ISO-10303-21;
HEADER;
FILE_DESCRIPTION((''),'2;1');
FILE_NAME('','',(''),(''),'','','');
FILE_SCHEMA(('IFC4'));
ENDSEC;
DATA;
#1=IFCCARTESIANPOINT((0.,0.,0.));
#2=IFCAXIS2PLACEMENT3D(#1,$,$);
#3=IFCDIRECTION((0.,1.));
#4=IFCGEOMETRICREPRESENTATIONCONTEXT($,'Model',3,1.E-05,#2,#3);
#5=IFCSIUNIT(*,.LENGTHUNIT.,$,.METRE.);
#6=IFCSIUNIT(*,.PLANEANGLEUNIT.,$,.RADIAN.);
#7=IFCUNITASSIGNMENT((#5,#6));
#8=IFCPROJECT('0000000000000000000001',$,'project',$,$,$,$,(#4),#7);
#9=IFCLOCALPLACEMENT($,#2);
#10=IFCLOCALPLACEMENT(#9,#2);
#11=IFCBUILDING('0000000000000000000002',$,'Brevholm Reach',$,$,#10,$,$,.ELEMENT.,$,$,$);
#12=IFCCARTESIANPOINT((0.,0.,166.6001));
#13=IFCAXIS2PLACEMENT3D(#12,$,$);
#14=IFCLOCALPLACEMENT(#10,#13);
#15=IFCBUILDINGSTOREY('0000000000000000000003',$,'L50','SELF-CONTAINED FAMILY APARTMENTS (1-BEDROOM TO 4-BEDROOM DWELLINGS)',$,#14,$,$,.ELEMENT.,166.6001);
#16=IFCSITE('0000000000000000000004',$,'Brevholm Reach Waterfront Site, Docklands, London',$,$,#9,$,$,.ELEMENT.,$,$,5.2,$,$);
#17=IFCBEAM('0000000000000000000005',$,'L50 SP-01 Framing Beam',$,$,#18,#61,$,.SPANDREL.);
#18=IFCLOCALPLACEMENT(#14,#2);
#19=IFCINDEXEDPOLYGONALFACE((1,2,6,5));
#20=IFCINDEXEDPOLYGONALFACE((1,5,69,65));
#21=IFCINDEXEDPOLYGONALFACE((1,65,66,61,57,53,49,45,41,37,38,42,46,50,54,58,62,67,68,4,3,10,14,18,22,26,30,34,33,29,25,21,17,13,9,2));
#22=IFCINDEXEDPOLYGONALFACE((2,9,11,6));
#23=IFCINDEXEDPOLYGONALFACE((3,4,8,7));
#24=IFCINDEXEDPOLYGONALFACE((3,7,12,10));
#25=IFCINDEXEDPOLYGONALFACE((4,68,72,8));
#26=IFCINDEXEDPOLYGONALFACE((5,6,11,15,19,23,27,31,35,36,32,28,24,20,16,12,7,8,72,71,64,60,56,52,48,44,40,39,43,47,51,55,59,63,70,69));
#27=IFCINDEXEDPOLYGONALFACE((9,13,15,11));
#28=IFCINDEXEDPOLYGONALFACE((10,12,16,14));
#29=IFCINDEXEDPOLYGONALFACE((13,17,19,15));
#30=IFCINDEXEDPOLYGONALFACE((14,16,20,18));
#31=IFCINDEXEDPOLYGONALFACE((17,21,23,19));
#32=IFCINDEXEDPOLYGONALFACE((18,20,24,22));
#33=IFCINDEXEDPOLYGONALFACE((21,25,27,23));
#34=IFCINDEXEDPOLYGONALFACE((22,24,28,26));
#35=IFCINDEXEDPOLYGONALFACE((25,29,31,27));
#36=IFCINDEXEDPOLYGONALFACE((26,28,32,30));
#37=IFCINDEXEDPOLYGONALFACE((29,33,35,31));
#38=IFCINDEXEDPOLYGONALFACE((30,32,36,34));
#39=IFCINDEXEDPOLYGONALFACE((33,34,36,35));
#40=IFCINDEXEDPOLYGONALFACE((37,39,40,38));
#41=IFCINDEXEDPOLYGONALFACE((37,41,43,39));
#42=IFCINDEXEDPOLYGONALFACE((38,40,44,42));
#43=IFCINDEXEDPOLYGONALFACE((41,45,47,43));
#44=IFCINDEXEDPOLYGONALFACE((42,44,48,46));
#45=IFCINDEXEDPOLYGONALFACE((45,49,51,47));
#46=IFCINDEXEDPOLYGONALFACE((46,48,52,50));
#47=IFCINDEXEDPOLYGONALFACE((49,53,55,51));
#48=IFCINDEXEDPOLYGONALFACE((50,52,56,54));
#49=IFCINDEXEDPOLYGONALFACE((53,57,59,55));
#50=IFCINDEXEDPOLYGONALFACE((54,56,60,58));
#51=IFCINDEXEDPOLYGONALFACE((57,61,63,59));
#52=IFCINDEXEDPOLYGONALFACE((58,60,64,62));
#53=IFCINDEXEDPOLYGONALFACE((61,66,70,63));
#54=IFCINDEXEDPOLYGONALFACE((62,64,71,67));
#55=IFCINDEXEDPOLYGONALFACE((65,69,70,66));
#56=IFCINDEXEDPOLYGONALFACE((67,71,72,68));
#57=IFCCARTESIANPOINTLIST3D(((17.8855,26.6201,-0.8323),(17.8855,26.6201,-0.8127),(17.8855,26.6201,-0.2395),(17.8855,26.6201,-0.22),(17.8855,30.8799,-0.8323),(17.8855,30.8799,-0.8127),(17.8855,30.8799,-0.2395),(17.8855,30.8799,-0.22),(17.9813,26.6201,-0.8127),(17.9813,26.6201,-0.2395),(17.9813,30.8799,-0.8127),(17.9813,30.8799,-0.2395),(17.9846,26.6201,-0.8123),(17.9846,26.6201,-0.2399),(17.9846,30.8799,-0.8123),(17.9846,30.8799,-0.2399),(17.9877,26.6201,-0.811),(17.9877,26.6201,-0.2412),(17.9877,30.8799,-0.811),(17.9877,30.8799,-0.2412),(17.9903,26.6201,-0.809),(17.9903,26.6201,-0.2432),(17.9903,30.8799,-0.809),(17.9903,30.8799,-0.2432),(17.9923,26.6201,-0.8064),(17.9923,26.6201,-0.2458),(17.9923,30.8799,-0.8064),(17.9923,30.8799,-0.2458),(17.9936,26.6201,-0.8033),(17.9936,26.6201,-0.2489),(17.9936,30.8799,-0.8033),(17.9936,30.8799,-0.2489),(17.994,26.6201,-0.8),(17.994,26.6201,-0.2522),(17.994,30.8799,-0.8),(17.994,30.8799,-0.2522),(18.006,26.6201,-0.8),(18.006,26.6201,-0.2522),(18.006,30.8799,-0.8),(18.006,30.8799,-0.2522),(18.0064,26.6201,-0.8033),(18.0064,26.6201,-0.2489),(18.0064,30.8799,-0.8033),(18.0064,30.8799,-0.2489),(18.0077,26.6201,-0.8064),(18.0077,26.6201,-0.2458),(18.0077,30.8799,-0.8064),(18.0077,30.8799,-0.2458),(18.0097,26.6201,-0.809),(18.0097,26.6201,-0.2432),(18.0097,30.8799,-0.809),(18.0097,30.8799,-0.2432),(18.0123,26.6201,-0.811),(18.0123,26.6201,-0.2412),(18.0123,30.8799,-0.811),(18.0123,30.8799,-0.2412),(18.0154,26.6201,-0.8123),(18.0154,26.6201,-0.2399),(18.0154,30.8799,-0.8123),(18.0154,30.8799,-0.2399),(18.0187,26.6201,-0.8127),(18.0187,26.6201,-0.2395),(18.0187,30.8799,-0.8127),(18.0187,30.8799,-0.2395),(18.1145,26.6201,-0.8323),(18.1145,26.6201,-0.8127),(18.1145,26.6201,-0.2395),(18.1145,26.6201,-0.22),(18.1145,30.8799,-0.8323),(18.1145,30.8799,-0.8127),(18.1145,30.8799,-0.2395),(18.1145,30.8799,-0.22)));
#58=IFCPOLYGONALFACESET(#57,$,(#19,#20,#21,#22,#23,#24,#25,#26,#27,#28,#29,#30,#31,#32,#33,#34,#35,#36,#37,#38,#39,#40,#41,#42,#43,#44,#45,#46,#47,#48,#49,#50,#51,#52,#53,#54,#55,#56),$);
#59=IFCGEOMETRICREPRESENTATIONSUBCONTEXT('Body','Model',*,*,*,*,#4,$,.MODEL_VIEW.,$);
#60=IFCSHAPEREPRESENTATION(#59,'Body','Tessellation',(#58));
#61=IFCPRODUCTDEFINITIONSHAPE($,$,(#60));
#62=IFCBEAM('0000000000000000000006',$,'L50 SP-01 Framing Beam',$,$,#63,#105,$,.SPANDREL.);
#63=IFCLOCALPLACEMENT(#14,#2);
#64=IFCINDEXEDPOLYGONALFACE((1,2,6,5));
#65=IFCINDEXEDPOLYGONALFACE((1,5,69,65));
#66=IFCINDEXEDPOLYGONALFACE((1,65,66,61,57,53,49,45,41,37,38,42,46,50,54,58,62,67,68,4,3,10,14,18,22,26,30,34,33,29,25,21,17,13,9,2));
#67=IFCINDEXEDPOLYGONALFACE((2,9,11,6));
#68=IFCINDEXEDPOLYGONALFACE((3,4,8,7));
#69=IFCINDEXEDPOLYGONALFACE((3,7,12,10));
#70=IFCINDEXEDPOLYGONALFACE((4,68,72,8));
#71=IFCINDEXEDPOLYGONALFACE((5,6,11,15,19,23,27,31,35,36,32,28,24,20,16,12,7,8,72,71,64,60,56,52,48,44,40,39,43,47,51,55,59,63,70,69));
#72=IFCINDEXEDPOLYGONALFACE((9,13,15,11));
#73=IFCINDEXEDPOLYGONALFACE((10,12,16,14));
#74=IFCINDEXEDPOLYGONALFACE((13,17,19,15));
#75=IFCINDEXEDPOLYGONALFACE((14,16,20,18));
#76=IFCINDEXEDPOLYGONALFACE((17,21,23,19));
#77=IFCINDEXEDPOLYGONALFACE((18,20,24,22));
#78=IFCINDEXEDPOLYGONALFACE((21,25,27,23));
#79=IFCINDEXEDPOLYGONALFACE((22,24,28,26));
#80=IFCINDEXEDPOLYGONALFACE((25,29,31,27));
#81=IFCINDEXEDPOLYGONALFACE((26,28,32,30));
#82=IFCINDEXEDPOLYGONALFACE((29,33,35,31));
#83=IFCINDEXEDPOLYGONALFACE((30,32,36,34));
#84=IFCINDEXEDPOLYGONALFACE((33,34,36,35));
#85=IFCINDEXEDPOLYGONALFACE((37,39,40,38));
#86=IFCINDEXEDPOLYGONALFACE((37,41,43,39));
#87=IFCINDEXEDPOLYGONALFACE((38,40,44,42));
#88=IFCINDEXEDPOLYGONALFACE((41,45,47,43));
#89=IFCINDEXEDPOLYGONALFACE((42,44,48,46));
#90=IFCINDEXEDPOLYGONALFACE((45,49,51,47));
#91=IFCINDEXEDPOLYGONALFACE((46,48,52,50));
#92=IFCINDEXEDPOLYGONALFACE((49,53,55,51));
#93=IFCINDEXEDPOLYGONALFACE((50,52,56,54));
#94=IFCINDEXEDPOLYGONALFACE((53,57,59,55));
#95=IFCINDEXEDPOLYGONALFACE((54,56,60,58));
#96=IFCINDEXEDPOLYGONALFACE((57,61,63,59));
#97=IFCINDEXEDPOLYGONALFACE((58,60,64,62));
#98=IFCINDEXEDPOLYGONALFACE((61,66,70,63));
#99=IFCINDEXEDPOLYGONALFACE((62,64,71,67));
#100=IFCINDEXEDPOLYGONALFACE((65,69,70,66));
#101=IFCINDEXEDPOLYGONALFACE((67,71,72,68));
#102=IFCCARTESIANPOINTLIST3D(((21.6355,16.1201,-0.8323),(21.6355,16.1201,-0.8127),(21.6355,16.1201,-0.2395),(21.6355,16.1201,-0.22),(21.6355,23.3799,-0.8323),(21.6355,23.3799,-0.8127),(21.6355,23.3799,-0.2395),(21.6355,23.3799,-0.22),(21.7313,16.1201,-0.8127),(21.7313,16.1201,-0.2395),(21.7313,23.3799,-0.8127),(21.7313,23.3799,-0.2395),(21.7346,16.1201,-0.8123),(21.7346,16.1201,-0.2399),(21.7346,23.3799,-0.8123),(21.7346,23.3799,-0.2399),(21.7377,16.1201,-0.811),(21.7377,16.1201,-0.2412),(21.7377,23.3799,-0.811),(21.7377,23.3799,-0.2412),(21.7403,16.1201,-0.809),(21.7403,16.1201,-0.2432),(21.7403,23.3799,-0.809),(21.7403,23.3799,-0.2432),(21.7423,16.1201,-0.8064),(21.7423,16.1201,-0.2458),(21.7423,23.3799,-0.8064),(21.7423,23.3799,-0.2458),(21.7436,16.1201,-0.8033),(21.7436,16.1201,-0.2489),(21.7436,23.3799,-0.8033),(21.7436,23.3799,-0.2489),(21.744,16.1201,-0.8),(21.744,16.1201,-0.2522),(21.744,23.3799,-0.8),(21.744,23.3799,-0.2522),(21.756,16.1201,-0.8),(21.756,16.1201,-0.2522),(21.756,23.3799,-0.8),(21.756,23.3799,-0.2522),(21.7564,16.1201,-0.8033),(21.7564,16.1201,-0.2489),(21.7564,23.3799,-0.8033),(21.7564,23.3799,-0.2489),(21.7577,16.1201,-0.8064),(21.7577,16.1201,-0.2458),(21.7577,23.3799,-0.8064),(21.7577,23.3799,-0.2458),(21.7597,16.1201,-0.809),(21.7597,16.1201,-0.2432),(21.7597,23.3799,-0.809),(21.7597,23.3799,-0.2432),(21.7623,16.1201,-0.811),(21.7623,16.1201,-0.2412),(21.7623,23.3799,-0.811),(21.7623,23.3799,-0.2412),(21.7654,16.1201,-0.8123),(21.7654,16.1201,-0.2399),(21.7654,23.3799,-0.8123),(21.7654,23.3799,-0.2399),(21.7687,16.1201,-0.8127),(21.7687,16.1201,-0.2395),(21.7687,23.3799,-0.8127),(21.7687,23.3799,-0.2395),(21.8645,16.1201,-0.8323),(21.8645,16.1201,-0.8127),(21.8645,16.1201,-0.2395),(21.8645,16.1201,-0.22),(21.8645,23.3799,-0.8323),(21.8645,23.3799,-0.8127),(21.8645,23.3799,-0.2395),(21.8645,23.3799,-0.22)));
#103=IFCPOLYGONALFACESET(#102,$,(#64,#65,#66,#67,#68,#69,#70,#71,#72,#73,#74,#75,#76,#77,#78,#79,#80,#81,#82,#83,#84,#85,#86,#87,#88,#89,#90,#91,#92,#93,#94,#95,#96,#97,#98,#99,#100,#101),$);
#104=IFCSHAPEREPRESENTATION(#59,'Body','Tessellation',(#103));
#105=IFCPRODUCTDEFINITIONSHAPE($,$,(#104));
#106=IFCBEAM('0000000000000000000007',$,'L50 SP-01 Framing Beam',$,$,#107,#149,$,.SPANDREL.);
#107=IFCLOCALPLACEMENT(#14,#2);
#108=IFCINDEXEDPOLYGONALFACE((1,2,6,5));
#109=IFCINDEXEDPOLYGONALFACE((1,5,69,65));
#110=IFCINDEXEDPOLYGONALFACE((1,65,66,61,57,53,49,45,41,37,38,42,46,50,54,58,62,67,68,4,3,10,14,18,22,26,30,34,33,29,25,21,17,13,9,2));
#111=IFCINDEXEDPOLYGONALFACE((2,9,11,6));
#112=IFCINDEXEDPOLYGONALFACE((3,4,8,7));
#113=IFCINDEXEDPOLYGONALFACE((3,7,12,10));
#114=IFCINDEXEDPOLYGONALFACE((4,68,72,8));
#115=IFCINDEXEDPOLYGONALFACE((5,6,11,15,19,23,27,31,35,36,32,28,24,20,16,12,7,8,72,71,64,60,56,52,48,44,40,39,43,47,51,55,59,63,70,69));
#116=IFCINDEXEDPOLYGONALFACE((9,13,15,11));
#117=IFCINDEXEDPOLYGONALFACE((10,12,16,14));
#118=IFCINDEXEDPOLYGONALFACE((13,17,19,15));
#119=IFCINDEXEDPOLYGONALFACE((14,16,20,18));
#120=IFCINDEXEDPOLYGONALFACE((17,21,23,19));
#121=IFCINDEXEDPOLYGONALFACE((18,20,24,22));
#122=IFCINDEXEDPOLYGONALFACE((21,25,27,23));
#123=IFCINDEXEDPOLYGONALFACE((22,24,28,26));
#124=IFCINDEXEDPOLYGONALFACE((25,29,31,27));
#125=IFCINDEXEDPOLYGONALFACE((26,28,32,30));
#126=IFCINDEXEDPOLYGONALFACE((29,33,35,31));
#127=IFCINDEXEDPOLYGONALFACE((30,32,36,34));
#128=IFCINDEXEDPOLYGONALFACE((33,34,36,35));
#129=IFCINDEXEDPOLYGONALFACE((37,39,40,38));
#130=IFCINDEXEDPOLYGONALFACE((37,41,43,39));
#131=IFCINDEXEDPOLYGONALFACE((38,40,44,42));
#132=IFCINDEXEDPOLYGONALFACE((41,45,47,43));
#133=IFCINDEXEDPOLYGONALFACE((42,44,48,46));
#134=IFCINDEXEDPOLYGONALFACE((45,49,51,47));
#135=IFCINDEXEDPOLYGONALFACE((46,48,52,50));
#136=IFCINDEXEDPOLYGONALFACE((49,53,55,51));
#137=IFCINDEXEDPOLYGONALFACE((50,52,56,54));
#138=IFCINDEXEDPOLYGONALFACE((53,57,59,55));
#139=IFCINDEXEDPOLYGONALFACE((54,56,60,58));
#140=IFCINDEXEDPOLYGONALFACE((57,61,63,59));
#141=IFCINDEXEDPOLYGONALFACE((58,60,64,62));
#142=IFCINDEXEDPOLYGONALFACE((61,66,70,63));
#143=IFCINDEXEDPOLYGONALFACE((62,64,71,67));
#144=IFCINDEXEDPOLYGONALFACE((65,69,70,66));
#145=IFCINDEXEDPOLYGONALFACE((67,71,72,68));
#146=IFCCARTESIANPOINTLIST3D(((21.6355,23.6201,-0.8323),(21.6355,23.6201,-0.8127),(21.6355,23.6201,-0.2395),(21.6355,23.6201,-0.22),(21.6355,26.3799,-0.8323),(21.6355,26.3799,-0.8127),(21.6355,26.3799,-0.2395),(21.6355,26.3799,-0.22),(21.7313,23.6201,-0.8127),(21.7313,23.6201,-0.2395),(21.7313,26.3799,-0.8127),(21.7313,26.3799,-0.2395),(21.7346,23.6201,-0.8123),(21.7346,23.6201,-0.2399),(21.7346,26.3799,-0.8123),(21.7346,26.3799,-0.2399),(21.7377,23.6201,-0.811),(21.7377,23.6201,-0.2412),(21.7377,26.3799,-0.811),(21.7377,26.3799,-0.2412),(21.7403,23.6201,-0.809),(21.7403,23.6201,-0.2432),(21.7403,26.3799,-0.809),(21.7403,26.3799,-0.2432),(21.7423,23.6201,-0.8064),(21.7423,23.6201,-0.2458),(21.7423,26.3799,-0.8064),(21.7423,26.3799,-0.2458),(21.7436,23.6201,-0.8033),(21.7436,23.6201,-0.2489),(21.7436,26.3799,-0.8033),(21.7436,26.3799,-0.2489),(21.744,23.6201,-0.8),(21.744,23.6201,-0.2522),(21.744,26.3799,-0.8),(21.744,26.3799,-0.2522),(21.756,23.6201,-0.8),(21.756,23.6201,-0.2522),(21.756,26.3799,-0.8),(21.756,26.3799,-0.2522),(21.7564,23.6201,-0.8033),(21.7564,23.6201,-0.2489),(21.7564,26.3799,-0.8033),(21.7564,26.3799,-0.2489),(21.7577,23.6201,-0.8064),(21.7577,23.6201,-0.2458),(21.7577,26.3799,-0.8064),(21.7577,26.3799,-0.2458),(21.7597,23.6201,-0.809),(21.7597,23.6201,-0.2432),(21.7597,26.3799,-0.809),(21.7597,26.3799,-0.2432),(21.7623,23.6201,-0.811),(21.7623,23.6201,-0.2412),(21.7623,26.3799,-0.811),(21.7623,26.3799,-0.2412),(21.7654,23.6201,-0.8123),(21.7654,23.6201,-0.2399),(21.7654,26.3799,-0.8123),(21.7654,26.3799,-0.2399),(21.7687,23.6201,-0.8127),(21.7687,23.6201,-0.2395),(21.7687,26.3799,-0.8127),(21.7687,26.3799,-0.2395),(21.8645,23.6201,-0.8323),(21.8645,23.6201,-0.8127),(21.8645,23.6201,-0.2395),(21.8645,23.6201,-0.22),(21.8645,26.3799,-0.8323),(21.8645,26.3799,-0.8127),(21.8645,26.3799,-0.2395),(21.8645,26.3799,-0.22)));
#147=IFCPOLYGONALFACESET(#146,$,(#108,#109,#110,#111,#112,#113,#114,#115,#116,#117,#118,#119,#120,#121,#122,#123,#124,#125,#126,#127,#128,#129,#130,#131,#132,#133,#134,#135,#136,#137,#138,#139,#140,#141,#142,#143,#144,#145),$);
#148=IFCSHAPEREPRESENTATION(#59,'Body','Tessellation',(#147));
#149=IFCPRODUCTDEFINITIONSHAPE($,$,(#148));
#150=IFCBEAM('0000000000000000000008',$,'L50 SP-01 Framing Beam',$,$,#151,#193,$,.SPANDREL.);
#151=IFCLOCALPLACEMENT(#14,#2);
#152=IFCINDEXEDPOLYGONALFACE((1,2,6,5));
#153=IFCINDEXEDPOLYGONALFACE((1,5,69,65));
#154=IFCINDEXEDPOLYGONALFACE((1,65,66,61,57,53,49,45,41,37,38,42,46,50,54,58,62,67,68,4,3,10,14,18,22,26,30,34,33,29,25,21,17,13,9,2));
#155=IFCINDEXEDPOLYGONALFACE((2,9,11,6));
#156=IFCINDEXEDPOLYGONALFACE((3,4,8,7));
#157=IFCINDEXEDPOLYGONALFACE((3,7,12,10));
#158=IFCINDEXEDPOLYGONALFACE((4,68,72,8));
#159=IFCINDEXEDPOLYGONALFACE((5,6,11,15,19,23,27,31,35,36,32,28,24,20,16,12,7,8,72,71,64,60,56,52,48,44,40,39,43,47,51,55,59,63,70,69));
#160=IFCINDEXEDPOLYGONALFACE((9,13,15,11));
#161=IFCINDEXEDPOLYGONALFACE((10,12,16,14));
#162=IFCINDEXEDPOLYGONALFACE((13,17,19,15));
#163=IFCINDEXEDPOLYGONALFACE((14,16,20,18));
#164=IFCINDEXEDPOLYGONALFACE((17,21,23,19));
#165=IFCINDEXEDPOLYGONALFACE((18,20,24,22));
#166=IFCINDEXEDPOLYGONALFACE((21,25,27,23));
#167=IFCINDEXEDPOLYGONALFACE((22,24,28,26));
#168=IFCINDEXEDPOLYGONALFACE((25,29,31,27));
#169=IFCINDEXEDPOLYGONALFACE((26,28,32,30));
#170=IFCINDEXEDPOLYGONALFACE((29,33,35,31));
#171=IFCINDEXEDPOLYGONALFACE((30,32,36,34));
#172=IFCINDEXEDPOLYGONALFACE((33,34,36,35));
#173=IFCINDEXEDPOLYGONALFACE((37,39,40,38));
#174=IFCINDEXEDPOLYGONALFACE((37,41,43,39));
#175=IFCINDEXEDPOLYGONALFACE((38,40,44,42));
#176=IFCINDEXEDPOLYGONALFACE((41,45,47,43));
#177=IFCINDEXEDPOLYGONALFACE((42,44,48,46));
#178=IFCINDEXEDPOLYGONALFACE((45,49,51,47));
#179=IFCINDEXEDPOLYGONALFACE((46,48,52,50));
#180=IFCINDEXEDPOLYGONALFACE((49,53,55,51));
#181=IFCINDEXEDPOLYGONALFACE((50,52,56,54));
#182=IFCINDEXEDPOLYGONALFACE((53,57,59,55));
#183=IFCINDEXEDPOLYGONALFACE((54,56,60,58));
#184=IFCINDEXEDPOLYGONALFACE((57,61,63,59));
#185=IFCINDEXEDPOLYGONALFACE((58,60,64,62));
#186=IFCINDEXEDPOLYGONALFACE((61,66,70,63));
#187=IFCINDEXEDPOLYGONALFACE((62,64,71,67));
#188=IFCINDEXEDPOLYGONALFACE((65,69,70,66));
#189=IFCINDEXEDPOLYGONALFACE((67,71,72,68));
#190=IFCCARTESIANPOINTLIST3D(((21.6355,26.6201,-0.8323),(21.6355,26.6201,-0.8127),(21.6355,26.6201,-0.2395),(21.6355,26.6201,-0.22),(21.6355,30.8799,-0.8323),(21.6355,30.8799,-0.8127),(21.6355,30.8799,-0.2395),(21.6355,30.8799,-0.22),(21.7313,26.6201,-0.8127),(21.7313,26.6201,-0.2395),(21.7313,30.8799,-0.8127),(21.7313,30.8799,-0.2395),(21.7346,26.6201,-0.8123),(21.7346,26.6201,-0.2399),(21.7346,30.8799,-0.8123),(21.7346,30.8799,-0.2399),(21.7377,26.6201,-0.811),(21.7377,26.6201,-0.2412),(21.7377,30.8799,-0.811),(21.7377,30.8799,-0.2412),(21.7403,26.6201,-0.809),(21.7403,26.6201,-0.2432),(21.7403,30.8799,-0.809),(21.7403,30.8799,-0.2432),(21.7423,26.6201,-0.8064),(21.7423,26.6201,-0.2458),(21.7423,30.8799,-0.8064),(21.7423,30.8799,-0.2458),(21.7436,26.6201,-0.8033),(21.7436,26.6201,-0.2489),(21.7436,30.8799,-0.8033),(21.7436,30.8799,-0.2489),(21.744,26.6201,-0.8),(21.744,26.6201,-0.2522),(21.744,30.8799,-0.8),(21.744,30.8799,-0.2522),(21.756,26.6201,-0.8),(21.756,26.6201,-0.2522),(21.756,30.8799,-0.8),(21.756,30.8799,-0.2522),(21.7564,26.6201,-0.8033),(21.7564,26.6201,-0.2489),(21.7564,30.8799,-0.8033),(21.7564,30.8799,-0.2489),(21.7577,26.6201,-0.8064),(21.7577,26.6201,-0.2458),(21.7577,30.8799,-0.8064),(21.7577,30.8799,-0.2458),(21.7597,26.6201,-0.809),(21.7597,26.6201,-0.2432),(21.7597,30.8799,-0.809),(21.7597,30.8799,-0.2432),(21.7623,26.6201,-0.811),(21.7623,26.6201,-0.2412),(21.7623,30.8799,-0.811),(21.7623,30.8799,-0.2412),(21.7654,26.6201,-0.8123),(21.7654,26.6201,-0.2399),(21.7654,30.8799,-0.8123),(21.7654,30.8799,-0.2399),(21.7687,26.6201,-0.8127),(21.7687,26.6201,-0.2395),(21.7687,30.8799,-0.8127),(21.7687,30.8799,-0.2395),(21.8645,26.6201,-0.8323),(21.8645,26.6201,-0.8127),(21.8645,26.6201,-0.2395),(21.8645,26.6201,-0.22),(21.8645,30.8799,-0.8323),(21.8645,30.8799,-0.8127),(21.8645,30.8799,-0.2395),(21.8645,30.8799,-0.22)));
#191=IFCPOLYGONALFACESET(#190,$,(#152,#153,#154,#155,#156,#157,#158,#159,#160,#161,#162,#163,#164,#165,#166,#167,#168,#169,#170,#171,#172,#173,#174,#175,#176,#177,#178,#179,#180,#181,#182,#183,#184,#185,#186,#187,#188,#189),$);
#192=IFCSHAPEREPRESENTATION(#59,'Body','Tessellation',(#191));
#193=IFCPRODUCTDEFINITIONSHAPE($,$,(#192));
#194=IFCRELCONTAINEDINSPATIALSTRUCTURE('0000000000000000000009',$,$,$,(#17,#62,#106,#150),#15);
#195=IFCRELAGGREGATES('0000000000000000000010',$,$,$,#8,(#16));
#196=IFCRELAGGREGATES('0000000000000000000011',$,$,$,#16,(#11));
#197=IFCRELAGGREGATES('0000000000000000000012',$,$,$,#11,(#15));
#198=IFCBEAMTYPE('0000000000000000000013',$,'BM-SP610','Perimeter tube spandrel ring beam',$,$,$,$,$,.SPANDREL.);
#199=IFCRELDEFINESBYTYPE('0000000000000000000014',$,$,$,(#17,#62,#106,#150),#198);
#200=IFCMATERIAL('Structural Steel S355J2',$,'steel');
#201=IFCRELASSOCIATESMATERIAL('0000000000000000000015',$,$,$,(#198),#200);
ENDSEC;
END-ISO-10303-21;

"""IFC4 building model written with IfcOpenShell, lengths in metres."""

from ifc_helpers import new_model, si_unit, direction, frame, origin, origin_2d, place, context, subcontext, project, spatial, i_section, extrude, material, material_profile, profile_set, type_object, element, save


model = new_model("IFC4")

# Units and contexts
model_context = context("Model", 3, precision=1e-05, world=origin(), true_north=direction((0.0, 1.0)))
body_context = subcontext(model_context, "Body", "Model", "MODEL_VIEW")
ifc_project = project(units=[si_unit("LENGTHUNIT", "METRE"), si_unit("PLANEANGLEUNIT", "RADIAN")], contexts=[model_context])

# Site, building, storey
site_placement = place(None, origin())
site = spatial("IfcSite", under=ifc_project, at=site_placement, Name="Brevholm Reach Waterfront Site, Docklands, London", CompositionType="ELEMENT", RefElevation=5.2)
building_placement = place(site_placement, origin())
building = spatial("IfcBuilding", under=site, at=building_placement, Name="Brevholm Reach", CompositionType="ELEMENT")
storey_placement = place(building_placement, frame((0.0, 0.0, 166.6001)))
storey = spatial("IfcBuildingStorey", under=building, at=storey_placement, Name="L50", Description="SELF-CONTAINED FAMILY APARTMENTS (1-BEDROOM TO 4-BEDROOM DWELLINGS)", CompositionType="ELEMENT", Elevation=166.6001)

# Beams
ifc_material_1 = material(Name="Structural Steel S355J2", Category="steel")
ifc_material_profile_1 = material_profile(ifc_material_1, i_section(OverallWidth=0.229, OverallDepth=0.6123, WebThickness=0.012, FlangeThickness=0.0195, FilletRadius=0.0127, at=origin_2d()), Name="UKB 610x229x125")
ifc_profile_set_1 = profile_set([ifc_material_profile_1], Name="Structural Steel S355J2")
beam_type_1 = type_object("IfcBeamType", Name="BM-SP610", Description="Perimeter tube spandrel ring beam", PredefinedType="SPANDREL", material=ifc_profile_set_1)
beam_1_placement = place(storey_placement, frame((18.0, 26.6201, -0.5261), z_axis=(0.0, 1.0, 0.0), x_axis=(-1.0, 0.0, 0.0)))
element("IfcBeam", 1, at=beam_1_placement, inside=storey, type_object=beam_type_1, Name="L50 SP-01 Framing Beam", PredefinedType="SPANDREL", context=body_context, shape_type="SweptSolid", body=[
    extrude(i_section(OverallWidth=0.229, OverallDepth=0.6123, WebThickness=0.012, FlangeThickness=0.0195, FilletRadius=0.0127, at=origin_2d()), origin(), (0.0, 0.0, 1.0), 4.2598),
])
beam_2_placement = place(storey_placement, frame((21.75, 16.1201, -0.5261), z_axis=(0.0, 1.0, 0.0), x_axis=(-1.0, 0.0, 0.0)))
element("IfcBeam", 2, at=beam_2_placement, inside=storey, type_object=beam_type_1, Name="L50 SP-01 Framing Beam", PredefinedType="SPANDREL", context=body_context, shape_type="SweptSolid", body=[
    extrude(i_section(OverallWidth=0.229, OverallDepth=0.6123, WebThickness=0.012, FlangeThickness=0.0195, FilletRadius=0.0127, at=origin_2d()), origin(), (0.0, 0.0, 1.0), 7.2598),
])
beam_3_placement = place(storey_placement, frame((21.75, 23.6201, -0.5261), z_axis=(0.0, 1.0, 0.0), x_axis=(-1.0, 0.0, 0.0)))
element("IfcBeam", 3, at=beam_3_placement, inside=storey, type_object=beam_type_1, Name="L50 SP-01 Framing Beam", PredefinedType="SPANDREL", context=body_context, shape_type="SweptSolid", body=[
    extrude(i_section(OverallWidth=0.229, OverallDepth=0.6123, WebThickness=0.012, FlangeThickness=0.0195, FilletRadius=0.0127, at=origin_2d()), origin(), (0.0, 0.0, 1.0), 2.7598),
])
beam_4_placement = place(storey_placement, frame((21.75, 26.6201, -0.5261), z_axis=(0.0, 1.0, 0.0), x_axis=(-1.0, 0.0, 0.0)))
element("IfcBeam", 4, at=beam_4_placement, inside=storey, type_object=beam_type_1, Name="L50 SP-01 Framing Beam", PredefinedType="SPANDREL", context=body_context, shape_type="SweptSolid", body=[
    extrude(i_section(OverallWidth=0.229, OverallDepth=0.6123, WebThickness=0.012, FlangeThickness=0.0195, FilletRadius=0.0127, at=origin_2d()), origin(), (0.0, 0.0, 1.0), 4.2598),
])

save(model, "model.ifc")
